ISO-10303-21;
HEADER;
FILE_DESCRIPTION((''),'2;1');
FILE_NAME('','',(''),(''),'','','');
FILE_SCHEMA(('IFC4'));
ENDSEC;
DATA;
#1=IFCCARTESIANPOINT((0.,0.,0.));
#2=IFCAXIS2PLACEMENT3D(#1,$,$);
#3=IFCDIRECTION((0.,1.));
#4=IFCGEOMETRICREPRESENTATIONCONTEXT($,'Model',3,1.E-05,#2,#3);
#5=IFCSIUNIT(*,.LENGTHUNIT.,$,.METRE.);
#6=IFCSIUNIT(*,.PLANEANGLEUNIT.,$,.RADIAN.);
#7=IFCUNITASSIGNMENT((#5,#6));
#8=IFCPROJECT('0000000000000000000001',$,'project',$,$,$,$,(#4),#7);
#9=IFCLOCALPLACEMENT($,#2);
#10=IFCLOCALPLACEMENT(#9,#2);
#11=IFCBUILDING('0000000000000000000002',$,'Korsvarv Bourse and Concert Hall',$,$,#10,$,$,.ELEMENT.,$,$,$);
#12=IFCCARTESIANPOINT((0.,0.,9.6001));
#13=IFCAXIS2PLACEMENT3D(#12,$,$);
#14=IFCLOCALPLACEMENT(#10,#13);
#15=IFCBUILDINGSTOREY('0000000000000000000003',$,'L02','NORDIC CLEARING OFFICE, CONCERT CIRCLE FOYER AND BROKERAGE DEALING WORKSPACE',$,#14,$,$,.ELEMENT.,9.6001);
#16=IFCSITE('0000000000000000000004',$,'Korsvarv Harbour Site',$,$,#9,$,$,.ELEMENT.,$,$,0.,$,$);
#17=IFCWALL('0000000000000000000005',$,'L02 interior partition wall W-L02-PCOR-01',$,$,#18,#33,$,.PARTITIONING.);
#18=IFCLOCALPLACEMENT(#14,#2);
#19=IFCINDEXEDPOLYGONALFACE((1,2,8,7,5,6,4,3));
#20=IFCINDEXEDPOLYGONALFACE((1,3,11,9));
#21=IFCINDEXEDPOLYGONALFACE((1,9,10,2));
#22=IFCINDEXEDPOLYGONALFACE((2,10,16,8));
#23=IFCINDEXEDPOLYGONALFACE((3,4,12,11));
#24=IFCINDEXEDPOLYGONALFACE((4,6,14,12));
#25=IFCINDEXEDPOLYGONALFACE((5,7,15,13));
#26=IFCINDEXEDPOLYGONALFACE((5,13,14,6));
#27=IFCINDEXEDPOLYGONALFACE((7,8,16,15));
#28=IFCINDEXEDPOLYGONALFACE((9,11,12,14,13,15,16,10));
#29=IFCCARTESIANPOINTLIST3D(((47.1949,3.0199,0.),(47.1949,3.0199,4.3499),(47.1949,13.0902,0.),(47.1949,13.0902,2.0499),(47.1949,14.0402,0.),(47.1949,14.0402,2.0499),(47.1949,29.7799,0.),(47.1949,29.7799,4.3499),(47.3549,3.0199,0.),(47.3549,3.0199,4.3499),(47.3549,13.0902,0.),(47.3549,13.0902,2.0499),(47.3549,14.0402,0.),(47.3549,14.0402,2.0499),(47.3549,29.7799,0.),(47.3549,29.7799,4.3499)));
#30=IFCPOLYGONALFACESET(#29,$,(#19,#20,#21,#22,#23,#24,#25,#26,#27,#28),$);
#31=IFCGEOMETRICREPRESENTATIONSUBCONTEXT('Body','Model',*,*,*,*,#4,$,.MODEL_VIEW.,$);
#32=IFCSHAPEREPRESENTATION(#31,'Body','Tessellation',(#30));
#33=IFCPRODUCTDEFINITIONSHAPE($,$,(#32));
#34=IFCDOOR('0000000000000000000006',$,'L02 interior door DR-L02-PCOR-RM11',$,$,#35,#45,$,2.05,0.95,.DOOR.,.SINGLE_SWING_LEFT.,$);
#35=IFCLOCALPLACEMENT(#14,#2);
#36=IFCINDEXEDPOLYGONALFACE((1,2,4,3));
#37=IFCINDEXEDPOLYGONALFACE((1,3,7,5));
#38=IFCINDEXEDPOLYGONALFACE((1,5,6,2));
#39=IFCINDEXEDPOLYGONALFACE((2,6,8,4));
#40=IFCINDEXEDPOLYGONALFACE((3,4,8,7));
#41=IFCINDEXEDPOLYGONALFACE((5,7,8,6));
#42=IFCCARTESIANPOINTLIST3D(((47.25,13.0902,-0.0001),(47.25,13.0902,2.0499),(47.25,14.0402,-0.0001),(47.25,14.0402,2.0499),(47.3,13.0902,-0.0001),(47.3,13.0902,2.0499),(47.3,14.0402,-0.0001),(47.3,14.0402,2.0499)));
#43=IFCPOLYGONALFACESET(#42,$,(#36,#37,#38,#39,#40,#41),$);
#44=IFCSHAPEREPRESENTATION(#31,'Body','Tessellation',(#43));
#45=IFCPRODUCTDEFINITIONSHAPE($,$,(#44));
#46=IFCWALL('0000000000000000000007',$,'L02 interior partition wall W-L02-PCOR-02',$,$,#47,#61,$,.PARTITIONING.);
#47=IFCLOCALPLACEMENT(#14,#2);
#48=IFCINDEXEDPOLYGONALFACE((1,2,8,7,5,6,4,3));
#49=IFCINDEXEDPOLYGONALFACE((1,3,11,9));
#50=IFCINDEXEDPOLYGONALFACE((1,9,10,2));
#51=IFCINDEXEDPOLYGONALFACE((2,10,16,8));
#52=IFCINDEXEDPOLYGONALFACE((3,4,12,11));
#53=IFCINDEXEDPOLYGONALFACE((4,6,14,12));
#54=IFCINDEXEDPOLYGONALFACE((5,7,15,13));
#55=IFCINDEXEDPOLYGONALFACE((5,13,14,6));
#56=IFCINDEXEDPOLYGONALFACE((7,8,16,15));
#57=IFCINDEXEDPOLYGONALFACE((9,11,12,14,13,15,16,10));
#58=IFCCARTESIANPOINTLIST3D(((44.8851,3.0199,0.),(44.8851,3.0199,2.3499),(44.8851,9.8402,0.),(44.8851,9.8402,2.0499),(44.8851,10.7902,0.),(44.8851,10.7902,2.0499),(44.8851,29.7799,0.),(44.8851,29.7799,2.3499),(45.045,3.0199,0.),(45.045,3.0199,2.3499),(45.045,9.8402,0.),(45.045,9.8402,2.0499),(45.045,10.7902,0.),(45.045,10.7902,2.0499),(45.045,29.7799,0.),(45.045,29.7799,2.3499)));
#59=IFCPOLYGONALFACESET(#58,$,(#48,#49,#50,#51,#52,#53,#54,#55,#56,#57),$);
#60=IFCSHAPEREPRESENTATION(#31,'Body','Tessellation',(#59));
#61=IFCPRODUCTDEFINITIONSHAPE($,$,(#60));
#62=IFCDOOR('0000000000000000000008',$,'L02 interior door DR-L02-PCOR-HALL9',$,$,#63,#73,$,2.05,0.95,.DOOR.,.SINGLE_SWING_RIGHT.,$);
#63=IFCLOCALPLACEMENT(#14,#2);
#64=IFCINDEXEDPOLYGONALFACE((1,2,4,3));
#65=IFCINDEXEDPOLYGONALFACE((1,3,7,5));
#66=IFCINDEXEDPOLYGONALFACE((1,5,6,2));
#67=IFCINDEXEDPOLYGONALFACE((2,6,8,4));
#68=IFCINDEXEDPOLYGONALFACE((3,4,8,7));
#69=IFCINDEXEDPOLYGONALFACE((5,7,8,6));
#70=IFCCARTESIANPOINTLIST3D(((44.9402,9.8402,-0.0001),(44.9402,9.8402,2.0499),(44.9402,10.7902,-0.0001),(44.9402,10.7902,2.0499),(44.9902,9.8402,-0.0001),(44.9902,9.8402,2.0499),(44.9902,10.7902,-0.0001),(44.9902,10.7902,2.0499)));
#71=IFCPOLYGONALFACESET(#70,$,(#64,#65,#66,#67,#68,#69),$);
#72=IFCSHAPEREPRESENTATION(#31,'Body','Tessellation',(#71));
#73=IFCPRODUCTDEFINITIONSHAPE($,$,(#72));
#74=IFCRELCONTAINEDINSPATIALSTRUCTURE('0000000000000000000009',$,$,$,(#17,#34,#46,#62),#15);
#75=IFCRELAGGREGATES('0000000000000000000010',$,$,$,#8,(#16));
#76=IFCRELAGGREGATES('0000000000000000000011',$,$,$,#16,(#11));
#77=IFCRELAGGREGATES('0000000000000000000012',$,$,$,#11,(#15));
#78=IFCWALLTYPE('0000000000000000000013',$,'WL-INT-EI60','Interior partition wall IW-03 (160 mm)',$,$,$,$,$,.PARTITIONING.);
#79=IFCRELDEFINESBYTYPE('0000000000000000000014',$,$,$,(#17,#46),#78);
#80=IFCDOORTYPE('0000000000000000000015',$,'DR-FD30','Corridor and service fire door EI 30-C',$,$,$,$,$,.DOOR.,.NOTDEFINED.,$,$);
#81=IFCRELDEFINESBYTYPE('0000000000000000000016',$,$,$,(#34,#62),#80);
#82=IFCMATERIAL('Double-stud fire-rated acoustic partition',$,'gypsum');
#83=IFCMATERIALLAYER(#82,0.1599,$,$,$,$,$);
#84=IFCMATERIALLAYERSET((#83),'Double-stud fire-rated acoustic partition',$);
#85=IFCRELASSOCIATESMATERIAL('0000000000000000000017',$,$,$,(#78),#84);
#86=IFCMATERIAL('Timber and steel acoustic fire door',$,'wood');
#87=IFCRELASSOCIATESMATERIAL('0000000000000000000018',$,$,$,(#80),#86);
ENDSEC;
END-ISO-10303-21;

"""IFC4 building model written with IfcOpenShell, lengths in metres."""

from ifc_helpers import new_model, si_unit, direction, frame, frame_2d, origin, place, context, subcontext, project, spatial, rectangle, extrude, material, layer, layer_set, type_object, element, fill, save


model = new_model("IFC4")

# Units and contexts
model_context = context("Model", 3, precision=1e-05, world=origin(), true_north=direction((0.0, 1.0)))
body_context = subcontext(model_context, "Body", "Model", "MODEL_VIEW")
ifc_project = project(units=[si_unit("LENGTHUNIT", "METRE"), si_unit("PLANEANGLEUNIT", "RADIAN")], contexts=[model_context])

# Site, building, storey
site_placement = place(None, origin())
site = spatial("IfcSite", under=ifc_project, at=site_placement, Name="Korsvarv Harbour Site", CompositionType="ELEMENT", RefElevation=0.0)
building_placement = place(site_placement, origin())
building = spatial("IfcBuilding", under=site, at=building_placement, Name="Korsvarv Bourse and Concert Hall", CompositionType="ELEMENT")
storey_placement = place(building_placement, frame((0.0, 0.0, 9.6001)))
storey = spatial("IfcBuildingStorey", under=building, at=storey_placement, Name="L02", Description="NORDIC CLEARING OFFICE, CONCERT CIRCLE FOYER AND BROKERAGE DEALING WORKSPACE", CompositionType="ELEMENT", Elevation=9.6001)

# Walls, openings, doors
ifc_material_1 = material(Name="Double-stud fire-rated acoustic partition", Category="gypsum")
ifc_layer_1 = layer(ifc_material_1, 0.1599)
ifc_layer_set_1 = layer_set([ifc_layer_1], Name="Double-stud fire-rated acoustic partition")
wall_type = type_object("IfcWallType", Name="WL-INT-EI60", Description="Interior partition wall IW-03 (160 mm)", PredefinedType="PARTITIONING", material=ifc_layer_set_1)
wall_1_placement = place(storey_placement, frame((47.2749, 3.02, 0.0), z_axis=(0.0, 0.0, 1.0), x_axis=(0.0, 1.0, 0.0)))
wall_1 = element("IfcWall", 1, at=wall_1_placement, inside=storey, type_object=wall_type, Name="L02 interior partition wall W-L02-PCOR-01", PredefinedType="PARTITIONING", context=body_context, shape_type="SweptSolid", body=[
    extrude(rectangle(XDim=26.76, YDim=0.1599, at=frame_2d((13.3799, 0.0))), origin(), (0.0, 0.0, 1.0), 4.3499),
])
opening_1_placement = place(wall_1_placement, frame((10.0701, 0.0, 0.0)))
opening_1 = element("IfcOpeningElement", 2, at=opening_1_placement, cuts=wall_1, PredefinedType="OPENING", context=body_context, shape_type="SweptSolid", body=[
    extrude(rectangle(XDim=0.95, YDim=2.05, at=frame_2d((0.4751, 1.0249))), frame((0.0, 0.0898, 0.0), z_axis=(0.0, -1.0, 0.0), x_axis=(1.0, 0.0, 0.0)), (0.0, 0.0, 1.0), 0.1799),
])
ifc_material_2 = material(Name="Timber and steel acoustic fire door", Category="wood")
door_type = type_object("IfcDoorType", Name="DR-FD30", Description="Corridor and service fire door EI 30-C", OperationType="NOTDEFINED", PredefinedType="DOOR", material=ifc_material_2)
door_1_placement = place(opening_1_placement, origin())
door_1 = element("IfcDoor", 3, at=door_1_placement, inside=storey, type_object=door_type, Name="L02 interior door DR-L02-PCOR-RM11", OperationType="SINGLE_SWING_LEFT", OverallHeight=2.05, OverallWidth=0.95, PredefinedType="DOOR", context=body_context, shape_type="SweptSolid", body=[
    extrude(rectangle(XDim=0.95, YDim=2.05, at=frame_2d((0.4751, 1.0249))), frame((0.0, 0.0249, 0.0), z_axis=(0.0, -1.0, 0.0), x_axis=(1.0, 0.0, 0.0)), (0.0, 0.0, 1.0), 0.05),
])
fill(opening_1, door_1)
wall_2_placement = place(storey_placement, frame((44.9651, 3.02, 0.0), z_axis=(0.0, 0.0, 1.0), x_axis=(0.0, 1.0, 0.0)))
wall_2 = element("IfcWall", 4, at=wall_2_placement, inside=storey, type_object=wall_type, Name="L02 interior partition wall W-L02-PCOR-02", PredefinedType="PARTITIONING", context=body_context, shape_type="SweptSolid", body=[
    extrude(rectangle(XDim=26.76, YDim=0.1599, at=frame_2d((13.3799, 0.0))), origin(), (0.0, 0.0, 1.0), 2.3499),
])
opening_2_placement = place(wall_2_placement, frame((6.8201, 0.0, 0.0)))
opening_2 = element("IfcOpeningElement", 5, at=opening_2_placement, cuts=wall_2, PredefinedType="OPENING", context=body_context, shape_type="SweptSolid", body=[
    extrude(rectangle(XDim=0.95, YDim=2.05, at=frame_2d((0.4751, 1.0249))), frame((0.0, 0.0898, 0.0), z_axis=(0.0, -1.0, 0.0), x_axis=(1.0, 0.0, 0.0)), (0.0, 0.0, 1.0), 0.1799),
])
door_2_placement = place(opening_2_placement, origin())
door_2 = element("IfcDoor", 6, at=door_2_placement, inside=storey, type_object=door_type, Name="L02 interior door DR-L02-PCOR-HALL9", OperationType="SINGLE_SWING_RIGHT", OverallHeight=2.05, OverallWidth=0.95, PredefinedType="DOOR", context=body_context, shape_type="SweptSolid", body=[
    extrude(rectangle(XDim=0.95, YDim=2.05, at=frame_2d((0.4751, 1.0249))), frame((0.0, 0.0249, 0.0), z_axis=(0.0, -1.0, 0.0), x_axis=(1.0, 0.0, 0.0)), (0.0, 0.0, 1.0), 0.05),
])
fill(opening_2, door_2)

save(model, "model.ifc")
